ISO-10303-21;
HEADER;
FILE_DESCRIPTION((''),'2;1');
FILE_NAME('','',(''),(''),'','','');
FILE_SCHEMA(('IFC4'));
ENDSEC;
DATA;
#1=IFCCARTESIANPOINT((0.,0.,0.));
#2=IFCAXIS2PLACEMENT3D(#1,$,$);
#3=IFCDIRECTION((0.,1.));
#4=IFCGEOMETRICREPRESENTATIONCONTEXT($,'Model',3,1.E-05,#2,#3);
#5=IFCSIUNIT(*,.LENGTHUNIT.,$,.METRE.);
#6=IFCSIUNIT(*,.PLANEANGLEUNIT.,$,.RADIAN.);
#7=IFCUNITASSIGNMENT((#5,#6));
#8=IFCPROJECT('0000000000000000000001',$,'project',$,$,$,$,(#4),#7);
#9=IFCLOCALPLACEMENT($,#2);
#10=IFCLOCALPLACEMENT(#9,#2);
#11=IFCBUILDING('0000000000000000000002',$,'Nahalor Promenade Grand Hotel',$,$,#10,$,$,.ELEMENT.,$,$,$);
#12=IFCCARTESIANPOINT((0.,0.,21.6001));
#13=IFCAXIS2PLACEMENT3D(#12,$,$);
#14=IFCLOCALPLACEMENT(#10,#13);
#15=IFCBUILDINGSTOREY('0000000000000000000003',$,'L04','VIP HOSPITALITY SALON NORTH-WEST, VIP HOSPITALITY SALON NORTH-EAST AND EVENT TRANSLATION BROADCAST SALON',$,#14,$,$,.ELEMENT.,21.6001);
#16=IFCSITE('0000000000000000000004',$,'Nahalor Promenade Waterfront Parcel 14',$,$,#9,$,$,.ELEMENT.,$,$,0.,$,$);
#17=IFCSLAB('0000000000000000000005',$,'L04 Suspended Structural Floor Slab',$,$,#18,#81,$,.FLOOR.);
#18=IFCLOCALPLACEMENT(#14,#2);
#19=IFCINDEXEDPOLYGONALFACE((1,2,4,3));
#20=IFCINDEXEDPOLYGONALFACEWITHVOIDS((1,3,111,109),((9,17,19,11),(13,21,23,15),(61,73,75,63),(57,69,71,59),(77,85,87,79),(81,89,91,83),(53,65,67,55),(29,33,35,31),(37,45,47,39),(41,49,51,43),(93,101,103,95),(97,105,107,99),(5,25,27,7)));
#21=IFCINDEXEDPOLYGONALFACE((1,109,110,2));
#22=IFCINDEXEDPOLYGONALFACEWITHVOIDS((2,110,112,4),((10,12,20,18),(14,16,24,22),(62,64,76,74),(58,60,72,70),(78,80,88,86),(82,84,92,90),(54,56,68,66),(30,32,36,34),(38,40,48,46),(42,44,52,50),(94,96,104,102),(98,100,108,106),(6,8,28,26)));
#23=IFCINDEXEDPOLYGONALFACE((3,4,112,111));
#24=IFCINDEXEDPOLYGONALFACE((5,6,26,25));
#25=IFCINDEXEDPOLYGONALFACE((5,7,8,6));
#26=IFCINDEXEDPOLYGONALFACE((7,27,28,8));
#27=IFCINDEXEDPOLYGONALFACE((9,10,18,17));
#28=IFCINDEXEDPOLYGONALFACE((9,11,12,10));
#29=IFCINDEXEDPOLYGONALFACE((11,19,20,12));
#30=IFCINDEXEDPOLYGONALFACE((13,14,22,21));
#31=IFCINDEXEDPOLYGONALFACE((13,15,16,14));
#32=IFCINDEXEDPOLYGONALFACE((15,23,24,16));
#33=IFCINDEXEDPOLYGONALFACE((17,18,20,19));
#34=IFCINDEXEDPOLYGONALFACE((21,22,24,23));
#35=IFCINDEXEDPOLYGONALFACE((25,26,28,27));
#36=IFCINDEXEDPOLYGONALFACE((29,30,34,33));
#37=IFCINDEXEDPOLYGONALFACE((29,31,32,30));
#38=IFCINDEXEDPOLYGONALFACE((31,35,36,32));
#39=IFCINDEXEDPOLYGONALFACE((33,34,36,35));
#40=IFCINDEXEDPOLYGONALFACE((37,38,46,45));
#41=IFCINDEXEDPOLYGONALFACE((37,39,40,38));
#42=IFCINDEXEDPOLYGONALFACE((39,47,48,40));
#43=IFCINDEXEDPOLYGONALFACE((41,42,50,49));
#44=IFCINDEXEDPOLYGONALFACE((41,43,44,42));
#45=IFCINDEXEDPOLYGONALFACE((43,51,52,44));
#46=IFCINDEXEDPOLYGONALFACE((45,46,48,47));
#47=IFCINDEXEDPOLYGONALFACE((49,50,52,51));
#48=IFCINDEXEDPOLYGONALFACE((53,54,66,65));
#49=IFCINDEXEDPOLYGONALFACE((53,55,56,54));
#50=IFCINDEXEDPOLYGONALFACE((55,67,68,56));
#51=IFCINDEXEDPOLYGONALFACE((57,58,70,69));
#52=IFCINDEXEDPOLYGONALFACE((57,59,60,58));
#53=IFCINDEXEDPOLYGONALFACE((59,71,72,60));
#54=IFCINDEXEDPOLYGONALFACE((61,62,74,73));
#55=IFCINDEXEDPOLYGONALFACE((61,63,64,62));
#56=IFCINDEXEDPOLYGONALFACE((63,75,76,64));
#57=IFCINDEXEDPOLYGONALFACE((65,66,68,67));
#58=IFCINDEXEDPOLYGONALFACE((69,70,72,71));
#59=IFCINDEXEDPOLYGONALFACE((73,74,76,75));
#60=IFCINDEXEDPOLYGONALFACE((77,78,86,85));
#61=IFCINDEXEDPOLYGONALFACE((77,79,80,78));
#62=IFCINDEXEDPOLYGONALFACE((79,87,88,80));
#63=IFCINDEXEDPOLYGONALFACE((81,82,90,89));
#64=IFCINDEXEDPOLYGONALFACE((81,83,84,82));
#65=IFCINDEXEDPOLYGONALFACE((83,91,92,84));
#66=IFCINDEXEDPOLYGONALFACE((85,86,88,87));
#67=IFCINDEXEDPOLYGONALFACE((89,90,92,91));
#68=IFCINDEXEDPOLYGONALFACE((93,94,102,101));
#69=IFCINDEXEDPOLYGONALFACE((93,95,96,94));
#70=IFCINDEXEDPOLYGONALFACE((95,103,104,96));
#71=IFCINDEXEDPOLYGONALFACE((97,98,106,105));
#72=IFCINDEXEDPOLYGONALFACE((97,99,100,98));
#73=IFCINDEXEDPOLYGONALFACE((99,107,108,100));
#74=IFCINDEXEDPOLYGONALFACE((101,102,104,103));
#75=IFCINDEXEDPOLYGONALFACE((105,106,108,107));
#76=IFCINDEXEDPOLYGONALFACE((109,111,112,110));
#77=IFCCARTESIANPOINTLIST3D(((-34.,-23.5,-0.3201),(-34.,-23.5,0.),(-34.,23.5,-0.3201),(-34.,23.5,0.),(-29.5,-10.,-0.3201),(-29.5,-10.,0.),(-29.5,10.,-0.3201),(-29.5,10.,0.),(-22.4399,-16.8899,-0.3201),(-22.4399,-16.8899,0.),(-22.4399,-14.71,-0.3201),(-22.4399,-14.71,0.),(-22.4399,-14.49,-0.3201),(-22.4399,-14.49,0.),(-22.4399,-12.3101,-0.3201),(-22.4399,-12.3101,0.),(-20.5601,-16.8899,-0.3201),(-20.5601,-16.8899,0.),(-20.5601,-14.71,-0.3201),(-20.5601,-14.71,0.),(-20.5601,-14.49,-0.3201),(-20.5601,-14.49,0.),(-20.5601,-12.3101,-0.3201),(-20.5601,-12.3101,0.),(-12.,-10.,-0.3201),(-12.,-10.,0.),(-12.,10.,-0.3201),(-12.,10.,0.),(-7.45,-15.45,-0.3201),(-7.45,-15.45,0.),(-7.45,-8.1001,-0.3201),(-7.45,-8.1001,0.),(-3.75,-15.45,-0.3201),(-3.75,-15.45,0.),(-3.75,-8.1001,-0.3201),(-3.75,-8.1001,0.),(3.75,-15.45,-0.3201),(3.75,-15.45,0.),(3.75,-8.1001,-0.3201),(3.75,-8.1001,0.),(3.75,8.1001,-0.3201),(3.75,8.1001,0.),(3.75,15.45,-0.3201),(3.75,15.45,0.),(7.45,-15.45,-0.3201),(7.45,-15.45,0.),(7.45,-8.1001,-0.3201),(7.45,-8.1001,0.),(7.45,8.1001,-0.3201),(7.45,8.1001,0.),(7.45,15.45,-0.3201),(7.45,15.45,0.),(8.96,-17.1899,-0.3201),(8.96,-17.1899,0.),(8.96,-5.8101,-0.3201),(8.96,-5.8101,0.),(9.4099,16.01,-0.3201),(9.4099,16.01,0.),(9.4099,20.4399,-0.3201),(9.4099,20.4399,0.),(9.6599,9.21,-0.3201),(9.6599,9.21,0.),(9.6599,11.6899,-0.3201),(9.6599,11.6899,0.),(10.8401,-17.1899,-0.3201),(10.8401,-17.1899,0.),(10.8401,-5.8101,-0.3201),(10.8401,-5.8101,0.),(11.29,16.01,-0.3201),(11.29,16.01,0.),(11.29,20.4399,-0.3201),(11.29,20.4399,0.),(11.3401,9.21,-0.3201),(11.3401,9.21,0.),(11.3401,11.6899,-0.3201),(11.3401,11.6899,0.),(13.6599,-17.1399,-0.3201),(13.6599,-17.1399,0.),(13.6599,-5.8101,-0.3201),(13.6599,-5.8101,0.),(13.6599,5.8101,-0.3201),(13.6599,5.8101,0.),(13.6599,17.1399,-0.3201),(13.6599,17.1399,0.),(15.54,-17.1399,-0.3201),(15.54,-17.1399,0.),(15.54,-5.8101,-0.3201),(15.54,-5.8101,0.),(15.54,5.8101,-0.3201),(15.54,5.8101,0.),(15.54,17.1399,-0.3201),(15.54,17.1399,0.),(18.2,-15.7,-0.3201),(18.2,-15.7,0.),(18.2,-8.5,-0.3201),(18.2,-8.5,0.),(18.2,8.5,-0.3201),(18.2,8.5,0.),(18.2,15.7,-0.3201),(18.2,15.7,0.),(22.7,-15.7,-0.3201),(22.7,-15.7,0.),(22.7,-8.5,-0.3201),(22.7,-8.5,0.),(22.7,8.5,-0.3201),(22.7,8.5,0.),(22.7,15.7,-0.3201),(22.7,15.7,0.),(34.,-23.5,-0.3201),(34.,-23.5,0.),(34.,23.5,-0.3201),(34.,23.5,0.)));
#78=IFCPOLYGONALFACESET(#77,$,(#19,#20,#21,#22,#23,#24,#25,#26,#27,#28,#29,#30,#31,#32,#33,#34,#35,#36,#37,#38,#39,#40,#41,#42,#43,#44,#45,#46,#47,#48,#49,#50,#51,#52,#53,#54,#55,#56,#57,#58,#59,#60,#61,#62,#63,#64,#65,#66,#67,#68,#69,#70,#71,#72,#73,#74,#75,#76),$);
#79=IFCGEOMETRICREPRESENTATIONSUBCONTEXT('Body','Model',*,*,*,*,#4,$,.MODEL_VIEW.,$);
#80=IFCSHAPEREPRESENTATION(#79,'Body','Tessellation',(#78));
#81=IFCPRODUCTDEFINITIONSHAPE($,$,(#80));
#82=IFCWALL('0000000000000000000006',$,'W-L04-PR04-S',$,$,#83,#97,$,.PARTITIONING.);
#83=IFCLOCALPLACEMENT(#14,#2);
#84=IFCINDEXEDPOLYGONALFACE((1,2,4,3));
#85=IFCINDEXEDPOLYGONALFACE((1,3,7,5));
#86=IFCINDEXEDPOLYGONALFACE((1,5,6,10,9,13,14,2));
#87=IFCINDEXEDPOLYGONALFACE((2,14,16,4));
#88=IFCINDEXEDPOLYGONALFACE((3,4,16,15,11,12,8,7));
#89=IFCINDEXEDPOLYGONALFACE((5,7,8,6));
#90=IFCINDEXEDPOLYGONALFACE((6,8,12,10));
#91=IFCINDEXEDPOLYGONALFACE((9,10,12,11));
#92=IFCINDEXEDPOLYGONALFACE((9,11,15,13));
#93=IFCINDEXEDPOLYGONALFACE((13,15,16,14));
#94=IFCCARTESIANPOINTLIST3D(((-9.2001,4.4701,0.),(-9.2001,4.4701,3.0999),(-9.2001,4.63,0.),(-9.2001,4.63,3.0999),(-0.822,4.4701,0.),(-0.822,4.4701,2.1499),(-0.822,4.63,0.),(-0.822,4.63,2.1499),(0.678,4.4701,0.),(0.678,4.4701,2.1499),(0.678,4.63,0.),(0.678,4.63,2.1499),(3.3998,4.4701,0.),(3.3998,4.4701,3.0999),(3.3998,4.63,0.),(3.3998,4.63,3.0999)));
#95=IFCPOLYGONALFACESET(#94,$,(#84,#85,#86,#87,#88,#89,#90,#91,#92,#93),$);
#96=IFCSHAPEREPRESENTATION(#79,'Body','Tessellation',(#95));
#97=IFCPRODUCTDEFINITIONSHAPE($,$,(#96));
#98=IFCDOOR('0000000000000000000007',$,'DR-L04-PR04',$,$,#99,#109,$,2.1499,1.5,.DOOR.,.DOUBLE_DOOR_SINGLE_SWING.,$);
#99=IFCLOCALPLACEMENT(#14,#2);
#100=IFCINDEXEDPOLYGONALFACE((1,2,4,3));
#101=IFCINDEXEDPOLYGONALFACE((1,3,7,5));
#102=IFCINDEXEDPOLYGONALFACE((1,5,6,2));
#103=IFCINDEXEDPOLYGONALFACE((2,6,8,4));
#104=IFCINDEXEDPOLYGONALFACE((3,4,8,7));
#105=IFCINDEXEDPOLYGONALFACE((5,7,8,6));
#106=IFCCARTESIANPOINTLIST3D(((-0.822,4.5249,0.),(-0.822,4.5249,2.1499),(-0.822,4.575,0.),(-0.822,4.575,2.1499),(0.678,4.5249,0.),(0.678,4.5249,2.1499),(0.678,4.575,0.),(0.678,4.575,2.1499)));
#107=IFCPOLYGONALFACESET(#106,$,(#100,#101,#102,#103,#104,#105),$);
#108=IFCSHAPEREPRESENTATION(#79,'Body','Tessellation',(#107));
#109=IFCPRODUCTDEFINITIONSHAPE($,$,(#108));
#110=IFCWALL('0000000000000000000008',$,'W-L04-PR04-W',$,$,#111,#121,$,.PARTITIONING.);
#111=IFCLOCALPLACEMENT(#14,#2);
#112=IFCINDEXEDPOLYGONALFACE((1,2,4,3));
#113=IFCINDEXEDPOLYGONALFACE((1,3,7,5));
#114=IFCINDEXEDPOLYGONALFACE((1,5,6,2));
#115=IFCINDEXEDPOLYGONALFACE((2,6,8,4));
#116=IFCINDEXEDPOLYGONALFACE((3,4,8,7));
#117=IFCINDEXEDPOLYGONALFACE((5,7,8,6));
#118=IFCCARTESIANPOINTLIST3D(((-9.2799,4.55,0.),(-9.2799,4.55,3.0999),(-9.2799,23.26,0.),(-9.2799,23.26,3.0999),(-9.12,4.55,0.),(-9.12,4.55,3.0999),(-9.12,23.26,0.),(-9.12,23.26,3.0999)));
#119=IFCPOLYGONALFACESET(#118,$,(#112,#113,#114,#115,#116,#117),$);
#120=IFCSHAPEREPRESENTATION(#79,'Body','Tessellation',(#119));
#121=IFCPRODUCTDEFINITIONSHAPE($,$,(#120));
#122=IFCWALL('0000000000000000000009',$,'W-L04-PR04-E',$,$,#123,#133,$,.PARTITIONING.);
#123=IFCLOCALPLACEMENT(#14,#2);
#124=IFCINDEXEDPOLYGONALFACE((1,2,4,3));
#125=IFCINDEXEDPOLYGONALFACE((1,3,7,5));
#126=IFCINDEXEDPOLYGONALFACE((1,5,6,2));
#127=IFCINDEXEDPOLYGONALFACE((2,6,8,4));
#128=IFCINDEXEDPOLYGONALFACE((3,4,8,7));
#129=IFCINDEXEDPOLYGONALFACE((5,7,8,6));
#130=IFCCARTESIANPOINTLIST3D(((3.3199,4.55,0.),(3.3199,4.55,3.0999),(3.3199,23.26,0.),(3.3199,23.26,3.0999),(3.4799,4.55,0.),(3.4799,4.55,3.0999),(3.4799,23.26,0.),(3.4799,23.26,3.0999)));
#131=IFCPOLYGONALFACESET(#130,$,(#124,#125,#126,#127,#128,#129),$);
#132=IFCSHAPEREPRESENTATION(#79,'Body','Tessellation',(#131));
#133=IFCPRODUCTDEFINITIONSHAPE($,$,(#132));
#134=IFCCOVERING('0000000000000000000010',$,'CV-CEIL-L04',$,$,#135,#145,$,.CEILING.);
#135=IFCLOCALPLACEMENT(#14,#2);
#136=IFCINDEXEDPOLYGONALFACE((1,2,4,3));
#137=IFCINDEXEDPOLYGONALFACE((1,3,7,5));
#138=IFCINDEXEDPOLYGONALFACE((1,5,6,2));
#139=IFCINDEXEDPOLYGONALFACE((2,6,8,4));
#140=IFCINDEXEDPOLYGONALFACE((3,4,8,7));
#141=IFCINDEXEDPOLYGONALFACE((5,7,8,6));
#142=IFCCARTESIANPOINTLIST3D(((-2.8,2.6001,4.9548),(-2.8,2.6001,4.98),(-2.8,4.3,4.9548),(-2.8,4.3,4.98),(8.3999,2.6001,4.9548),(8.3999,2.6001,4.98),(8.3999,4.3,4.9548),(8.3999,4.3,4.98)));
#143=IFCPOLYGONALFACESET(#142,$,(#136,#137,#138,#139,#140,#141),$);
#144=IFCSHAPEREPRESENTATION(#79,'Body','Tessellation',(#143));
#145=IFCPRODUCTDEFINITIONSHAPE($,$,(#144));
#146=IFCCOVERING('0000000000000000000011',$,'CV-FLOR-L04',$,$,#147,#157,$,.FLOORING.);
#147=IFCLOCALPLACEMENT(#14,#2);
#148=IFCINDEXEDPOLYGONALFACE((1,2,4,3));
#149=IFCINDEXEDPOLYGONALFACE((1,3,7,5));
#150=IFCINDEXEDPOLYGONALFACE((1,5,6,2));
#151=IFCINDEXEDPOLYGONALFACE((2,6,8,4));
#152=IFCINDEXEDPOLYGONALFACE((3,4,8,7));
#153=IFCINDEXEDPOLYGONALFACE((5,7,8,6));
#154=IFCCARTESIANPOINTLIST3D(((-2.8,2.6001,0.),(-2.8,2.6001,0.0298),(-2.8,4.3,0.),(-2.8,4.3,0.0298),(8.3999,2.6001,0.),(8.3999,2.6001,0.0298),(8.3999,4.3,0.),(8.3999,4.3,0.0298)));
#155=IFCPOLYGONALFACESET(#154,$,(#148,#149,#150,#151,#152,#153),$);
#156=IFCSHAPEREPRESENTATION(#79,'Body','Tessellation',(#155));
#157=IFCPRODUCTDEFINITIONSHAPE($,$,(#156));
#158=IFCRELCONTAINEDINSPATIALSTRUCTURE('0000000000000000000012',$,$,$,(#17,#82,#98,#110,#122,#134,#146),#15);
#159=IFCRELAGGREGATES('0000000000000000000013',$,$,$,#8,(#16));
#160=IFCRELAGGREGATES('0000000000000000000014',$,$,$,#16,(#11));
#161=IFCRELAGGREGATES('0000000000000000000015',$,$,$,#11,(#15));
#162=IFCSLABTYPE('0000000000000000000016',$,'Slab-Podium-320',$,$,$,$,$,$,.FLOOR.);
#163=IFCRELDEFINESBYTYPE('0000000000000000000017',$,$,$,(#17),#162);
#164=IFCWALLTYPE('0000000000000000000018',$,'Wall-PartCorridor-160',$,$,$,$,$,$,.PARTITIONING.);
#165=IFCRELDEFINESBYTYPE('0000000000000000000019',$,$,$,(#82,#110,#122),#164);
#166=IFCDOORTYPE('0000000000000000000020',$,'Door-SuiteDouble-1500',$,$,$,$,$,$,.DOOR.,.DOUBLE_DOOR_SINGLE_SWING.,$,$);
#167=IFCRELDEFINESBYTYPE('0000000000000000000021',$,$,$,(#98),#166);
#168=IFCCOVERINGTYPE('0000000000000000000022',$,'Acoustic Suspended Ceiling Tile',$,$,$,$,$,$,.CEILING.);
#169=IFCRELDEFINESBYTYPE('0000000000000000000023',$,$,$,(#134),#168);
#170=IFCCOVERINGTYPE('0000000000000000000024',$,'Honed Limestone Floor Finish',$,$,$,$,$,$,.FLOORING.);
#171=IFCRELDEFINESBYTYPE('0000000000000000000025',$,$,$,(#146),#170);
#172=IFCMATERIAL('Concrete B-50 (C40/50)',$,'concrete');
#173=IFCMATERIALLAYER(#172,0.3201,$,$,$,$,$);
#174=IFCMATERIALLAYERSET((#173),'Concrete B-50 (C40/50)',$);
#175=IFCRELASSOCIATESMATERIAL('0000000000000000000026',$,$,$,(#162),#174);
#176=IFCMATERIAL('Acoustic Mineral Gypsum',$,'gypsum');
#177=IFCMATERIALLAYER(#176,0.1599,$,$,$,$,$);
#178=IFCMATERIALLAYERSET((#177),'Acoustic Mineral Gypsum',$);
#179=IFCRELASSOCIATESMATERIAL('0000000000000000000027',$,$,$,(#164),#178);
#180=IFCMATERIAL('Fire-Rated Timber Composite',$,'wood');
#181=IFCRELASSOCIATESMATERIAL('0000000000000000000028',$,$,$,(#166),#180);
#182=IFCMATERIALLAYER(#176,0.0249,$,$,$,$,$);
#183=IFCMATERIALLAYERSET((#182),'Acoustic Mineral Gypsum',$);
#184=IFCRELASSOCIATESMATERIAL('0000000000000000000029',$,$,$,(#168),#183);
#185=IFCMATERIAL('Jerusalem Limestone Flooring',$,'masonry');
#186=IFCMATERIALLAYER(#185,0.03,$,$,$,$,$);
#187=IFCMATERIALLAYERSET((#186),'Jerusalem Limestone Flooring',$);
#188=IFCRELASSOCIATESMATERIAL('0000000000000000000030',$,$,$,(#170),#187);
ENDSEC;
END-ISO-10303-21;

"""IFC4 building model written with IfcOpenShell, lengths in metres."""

from ifc_helpers import new_model, si_unit, direction, frame, frame_2d, origin, place, context, subcontext, project, spatial, polyline, rectangle, outline, extrude, source, transform, mapped, material, layer, layer_set, type_object, element, fill, save


model = new_model("IFC4")

# Units and contexts
model_context = context("Model", 3, precision=1e-05, world=origin(), true_north=direction((0.0, 1.0)))
body_context = subcontext(model_context, "Body", "Model", "MODEL_VIEW")
ifc_project = project(units=[si_unit("LENGTHUNIT", "METRE"), si_unit("PLANEANGLEUNIT", "RADIAN")], contexts=[model_context])

# Site, building, storey
site_placement = place(None, origin())
site = spatial("IfcSite", under=ifc_project, at=site_placement, Name="Nahalor Promenade Waterfront Parcel 14", CompositionType="ELEMENT", RefElevation=0.0)
building_placement = place(site_placement, origin())
building = spatial("IfcBuilding", under=site, at=building_placement, Name="Nahalor Promenade Grand Hotel", CompositionType="ELEMENT")
storey_placement = place(building_placement, frame((0.0, 0.0, 21.6001)))
storey = spatial("IfcBuildingStorey", under=building, at=storey_placement, Name="L04", Description="VIP HOSPITALITY SALON NORTH-WEST, VIP HOSPITALITY SALON NORTH-EAST AND EVENT TRANSLATION BROADCAST SALON", CompositionType="ELEMENT", Elevation=21.6001)

# Shared definitions
ifc_material_1 = material(Name="Concrete B-50 (C40/50)", Category="concrete")

# Slab
ifc_layer_1 = layer(ifc_material_1, 0.3201)
ifc_layer_set_1 = layer_set([ifc_layer_1], Name="Concrete B-50 (C40/50)")
slab_type_1 = type_object("IfcSlabType", Name="Slab-Podium-320", PredefinedType="FLOOR", material=ifc_layer_set_1)
slab_1_placement = place(storey_placement, frame((0.0, 0.0, -0.3201)))
element("IfcSlab", 1, at=slab_1_placement, inside=storey, type_object=slab_type_1, Name="L04 Suspended Structural Floor Slab", PredefinedType="FLOOR", context=body_context, shape_type="SweptSolid", body=[
    extrude(outline(polyline([(-34.0, -23.5), (34.0, -23.5), (34.0, 23.5), (-34.0, 23.5), (-34.0, -23.5)]), holes=[polyline([(3.75, 8.1001), (7.45, 8.1001), (7.45, 15.45), (3.75, 15.45), (3.75, 8.1001)]), polyline([(3.75, -15.45), (7.45, -15.45), (7.45, -8.1001), (3.75, -8.1001), (3.75, -15.45)]), polyline([(-7.45, -15.45), (-3.75, -15.45), (-3.75, -8.1001), (-7.45, -8.1001), (-7.45, -15.45)]), polyline([(18.2, 8.5), (22.7, 8.5), (22.7, 15.7), (18.2, 15.7), (18.2, 8.5)]), polyline([(18.2, -15.7), (22.7, -15.7), (22.7, -8.5), (18.2, -8.5), (18.2, -15.7)]), polyline([(13.6599, 5.8101), (15.54, 5.8101), (15.54, 17.1399), (13.6599, 17.1399), (13.6599, 5.8101)]), polyline([(13.6599, -17.1399), (15.54, -17.1399), (15.54, -5.8101), (13.6599, -5.8101), (13.6599, -17.1399)]), polyline([(8.96, -17.1899), (10.8401, -17.1899), (10.8401, -5.8101), (8.96, -5.8101), (8.96, -17.1899)]), polyline([(9.4099, 16.01), (11.29, 16.01), (11.29, 20.4399), (9.4099, 20.4399), (9.4099, 16.01)]), polyline([(9.6599, 9.21), (11.3401, 9.21), (11.3401, 11.6899), (9.6599, 11.6899), (9.6599, 9.21)]), polyline([(-22.4399, -16.8899), (-20.5601, -16.8899), (-20.5601, -14.71), (-22.4399, -14.71), (-22.4399, -16.8899)]), polyline([(-22.4399, -14.49), (-20.5601, -14.49), (-20.5601, -12.3101), (-22.4399, -12.3101), (-22.4399, -14.49)]), polyline([(-29.5, -10.0), (-12.0, -10.0), (-12.0, 10.0), (-29.5, 10.0), (-29.5, -10.0)])]), origin(), (0.0, 0.0, 1.0), 0.3201),
])

# Wall, opening, door
ifc_material_2 = material(Name="Acoustic Mineral Gypsum", Category="gypsum")
ifc_layer_2 = layer(ifc_material_2, 0.1599)
ifc_layer_set_2 = layer_set([ifc_layer_2], Name="Acoustic Mineral Gypsum")
wall_type = type_object("IfcWallType", Name="Wall-PartCorridor-160", PredefinedType="PARTITIONING", material=ifc_layer_set_2)
shared_shape_1 = source(origin(), body_context, "Body", "SweptSolid", [
    extrude(rectangle(XDim=12.5999, YDim=0.1599, at=frame_2d((6.2998, 0.0))), origin(), (0.0, 0.0, 1.0), 3.0999),
])
wall_1_placement = place(storey_placement, frame((-9.2, 4.55, 0.0), z_axis=(0.0, 0.0, 1.0), x_axis=(1.0, 0.0, 0.0)))
wall_1 = element("IfcWall", 2, at=wall_1_placement, inside=storey, type_object=wall_type, Name="W-L04-PR04-S", PredefinedType="PARTITIONING", context=body_context, shape_type="MappedRepresentation", body=[
    mapped(shared_shape_1, transform((0.0, 0.0, 0.0), scale=1.0)),
])
opening_1_placement = place(wall_1_placement, frame((8.3779, 0.0, 0.0)))
opening_1 = element("IfcOpeningElement", 3, at=opening_1_placement, cuts=wall_1, PredefinedType="OPENING", context=body_context, shape_type="SweptSolid", body=[
    extrude(rectangle(XDim=1.5, YDim=2.1499, at=frame_2d((0.75, 1.075))), frame((0.0, 0.0898, 0.0), z_axis=(0.0, -1.0, 0.0), x_axis=(1.0, 0.0, 0.0)), (0.0, 0.0, 1.0), 0.1799),
])
ifc_material_3 = material(Name="Fire-Rated Timber Composite", Category="wood")
door_type = type_object("IfcDoorType", Name="Door-SuiteDouble-1500", OperationType="DOUBLE_DOOR_SINGLE_SWING", PredefinedType="DOOR", material=ifc_material_3)
shared_shape_2 = source(origin(), body_context, "Body", "SweptSolid", [
    extrude(rectangle(XDim=1.5, YDim=2.1499, at=frame_2d((0.75, 1.075))), frame((0.0, 0.0249, 0.0), z_axis=(0.0, -1.0, 0.0), x_axis=(1.0, 0.0, 0.0)), (0.0, 0.0, 1.0), 0.05),
])
door_1_placement = place(opening_1_placement, origin())
door_1 = element("IfcDoor", 4, at=door_1_placement, inside=storey, type_object=door_type, Name="DR-L04-PR04", OperationType="DOUBLE_DOOR_SINGLE_SWING", OverallHeight=2.1499, OverallWidth=1.5, PredefinedType="DOOR", context=body_context, shape_type="MappedRepresentation", body=[
    mapped(shared_shape_2, transform((0.0, 0.0, 0.0), scale=1.0)),
])
fill(opening_1, door_1)

# Walls
shared_shape_3 = source(origin(), body_context, "Body", "SweptSolid", [
    extrude(rectangle(XDim=18.71, YDim=0.1599, at=frame_2d((9.355, 0.0))), origin(), (0.0, 0.0, 1.0), 3.0999),
])
for number, where, z_axis, x_axis, name in (
    (5, (-9.2, 4.55, 0.0), (0.0, 0.0, 1.0), (0.0, 1.0, 0.0), "W-L04-PR04-W"),
    (6, (3.3999, 4.55, 0.0), (0.0, 0.0, 1.0), (0.0, 1.0, 0.0), "W-L04-PR04-E"),
):
    element("IfcWall", number, at=place(storey_placement, frame(where, z_axis=z_axis, x_axis=x_axis)), inside=storey, type_object=wall_type, Name=name, PredefinedType="PARTITIONING", context=body_context, shape_type="MappedRepresentation", body=[
        mapped(shared_shape_3, transform((0.0, 0.0, 0.0), scale=1.0)),
    ])

# Coverings
ifc_layer_3 = layer(ifc_material_2, 0.0249)
ifc_layer_set_3 = layer_set([ifc_layer_3], Name="Acoustic Mineral Gypsum")
covering_type_1 = type_object("IfcCoveringType", Name="Acoustic Suspended Ceiling Tile", PredefinedType="CEILING", material=ifc_layer_set_3)
covering_1_placement = place(storey_placement, frame((0.0, 0.0, 4.9548)))
element("IfcCovering", 7, at=covering_1_placement, inside=storey, type_object=covering_type_1, Name="CV-CEIL-L04", PredefinedType="CEILING", context=body_context, shape_type="SweptSolid", body=[
    extrude(outline(polyline([(-2.8, 2.6001), (8.3999, 2.6001), (8.3999, 4.3), (-2.8, 4.3), (-2.8, 2.6001)])), origin(), (0.0, 0.0, 1.0), 0.0251),
])
ifc_material_4 = material(Name="Jerusalem Limestone Flooring", Category="masonry")
ifc_layer_4 = layer(ifc_material_4, 0.03)
ifc_layer_set_4 = layer_set([ifc_layer_4], Name="Jerusalem Limestone Flooring")
covering_type_2 = type_object("IfcCoveringType", Name="Honed Limestone Floor Finish", PredefinedType="FLOORING", material=ifc_layer_set_4)
covering_2_placement = place(storey_placement, origin())
element("IfcCovering", 8, at=covering_2_placement, inside=storey, type_object=covering_type_2, Name="CV-FLOR-L04", PredefinedType="FLOORING", context=body_context, shape_type="SweptSolid", body=[
    extrude(outline(polyline([(-2.8, 2.6001), (8.3999, 2.6001), (8.3999, 4.3), (-2.8, 4.3), (-2.8, 2.6001)])), origin(), (0.0, 0.0, 1.0), 0.0298),
])

save(model, "model.ifc")
